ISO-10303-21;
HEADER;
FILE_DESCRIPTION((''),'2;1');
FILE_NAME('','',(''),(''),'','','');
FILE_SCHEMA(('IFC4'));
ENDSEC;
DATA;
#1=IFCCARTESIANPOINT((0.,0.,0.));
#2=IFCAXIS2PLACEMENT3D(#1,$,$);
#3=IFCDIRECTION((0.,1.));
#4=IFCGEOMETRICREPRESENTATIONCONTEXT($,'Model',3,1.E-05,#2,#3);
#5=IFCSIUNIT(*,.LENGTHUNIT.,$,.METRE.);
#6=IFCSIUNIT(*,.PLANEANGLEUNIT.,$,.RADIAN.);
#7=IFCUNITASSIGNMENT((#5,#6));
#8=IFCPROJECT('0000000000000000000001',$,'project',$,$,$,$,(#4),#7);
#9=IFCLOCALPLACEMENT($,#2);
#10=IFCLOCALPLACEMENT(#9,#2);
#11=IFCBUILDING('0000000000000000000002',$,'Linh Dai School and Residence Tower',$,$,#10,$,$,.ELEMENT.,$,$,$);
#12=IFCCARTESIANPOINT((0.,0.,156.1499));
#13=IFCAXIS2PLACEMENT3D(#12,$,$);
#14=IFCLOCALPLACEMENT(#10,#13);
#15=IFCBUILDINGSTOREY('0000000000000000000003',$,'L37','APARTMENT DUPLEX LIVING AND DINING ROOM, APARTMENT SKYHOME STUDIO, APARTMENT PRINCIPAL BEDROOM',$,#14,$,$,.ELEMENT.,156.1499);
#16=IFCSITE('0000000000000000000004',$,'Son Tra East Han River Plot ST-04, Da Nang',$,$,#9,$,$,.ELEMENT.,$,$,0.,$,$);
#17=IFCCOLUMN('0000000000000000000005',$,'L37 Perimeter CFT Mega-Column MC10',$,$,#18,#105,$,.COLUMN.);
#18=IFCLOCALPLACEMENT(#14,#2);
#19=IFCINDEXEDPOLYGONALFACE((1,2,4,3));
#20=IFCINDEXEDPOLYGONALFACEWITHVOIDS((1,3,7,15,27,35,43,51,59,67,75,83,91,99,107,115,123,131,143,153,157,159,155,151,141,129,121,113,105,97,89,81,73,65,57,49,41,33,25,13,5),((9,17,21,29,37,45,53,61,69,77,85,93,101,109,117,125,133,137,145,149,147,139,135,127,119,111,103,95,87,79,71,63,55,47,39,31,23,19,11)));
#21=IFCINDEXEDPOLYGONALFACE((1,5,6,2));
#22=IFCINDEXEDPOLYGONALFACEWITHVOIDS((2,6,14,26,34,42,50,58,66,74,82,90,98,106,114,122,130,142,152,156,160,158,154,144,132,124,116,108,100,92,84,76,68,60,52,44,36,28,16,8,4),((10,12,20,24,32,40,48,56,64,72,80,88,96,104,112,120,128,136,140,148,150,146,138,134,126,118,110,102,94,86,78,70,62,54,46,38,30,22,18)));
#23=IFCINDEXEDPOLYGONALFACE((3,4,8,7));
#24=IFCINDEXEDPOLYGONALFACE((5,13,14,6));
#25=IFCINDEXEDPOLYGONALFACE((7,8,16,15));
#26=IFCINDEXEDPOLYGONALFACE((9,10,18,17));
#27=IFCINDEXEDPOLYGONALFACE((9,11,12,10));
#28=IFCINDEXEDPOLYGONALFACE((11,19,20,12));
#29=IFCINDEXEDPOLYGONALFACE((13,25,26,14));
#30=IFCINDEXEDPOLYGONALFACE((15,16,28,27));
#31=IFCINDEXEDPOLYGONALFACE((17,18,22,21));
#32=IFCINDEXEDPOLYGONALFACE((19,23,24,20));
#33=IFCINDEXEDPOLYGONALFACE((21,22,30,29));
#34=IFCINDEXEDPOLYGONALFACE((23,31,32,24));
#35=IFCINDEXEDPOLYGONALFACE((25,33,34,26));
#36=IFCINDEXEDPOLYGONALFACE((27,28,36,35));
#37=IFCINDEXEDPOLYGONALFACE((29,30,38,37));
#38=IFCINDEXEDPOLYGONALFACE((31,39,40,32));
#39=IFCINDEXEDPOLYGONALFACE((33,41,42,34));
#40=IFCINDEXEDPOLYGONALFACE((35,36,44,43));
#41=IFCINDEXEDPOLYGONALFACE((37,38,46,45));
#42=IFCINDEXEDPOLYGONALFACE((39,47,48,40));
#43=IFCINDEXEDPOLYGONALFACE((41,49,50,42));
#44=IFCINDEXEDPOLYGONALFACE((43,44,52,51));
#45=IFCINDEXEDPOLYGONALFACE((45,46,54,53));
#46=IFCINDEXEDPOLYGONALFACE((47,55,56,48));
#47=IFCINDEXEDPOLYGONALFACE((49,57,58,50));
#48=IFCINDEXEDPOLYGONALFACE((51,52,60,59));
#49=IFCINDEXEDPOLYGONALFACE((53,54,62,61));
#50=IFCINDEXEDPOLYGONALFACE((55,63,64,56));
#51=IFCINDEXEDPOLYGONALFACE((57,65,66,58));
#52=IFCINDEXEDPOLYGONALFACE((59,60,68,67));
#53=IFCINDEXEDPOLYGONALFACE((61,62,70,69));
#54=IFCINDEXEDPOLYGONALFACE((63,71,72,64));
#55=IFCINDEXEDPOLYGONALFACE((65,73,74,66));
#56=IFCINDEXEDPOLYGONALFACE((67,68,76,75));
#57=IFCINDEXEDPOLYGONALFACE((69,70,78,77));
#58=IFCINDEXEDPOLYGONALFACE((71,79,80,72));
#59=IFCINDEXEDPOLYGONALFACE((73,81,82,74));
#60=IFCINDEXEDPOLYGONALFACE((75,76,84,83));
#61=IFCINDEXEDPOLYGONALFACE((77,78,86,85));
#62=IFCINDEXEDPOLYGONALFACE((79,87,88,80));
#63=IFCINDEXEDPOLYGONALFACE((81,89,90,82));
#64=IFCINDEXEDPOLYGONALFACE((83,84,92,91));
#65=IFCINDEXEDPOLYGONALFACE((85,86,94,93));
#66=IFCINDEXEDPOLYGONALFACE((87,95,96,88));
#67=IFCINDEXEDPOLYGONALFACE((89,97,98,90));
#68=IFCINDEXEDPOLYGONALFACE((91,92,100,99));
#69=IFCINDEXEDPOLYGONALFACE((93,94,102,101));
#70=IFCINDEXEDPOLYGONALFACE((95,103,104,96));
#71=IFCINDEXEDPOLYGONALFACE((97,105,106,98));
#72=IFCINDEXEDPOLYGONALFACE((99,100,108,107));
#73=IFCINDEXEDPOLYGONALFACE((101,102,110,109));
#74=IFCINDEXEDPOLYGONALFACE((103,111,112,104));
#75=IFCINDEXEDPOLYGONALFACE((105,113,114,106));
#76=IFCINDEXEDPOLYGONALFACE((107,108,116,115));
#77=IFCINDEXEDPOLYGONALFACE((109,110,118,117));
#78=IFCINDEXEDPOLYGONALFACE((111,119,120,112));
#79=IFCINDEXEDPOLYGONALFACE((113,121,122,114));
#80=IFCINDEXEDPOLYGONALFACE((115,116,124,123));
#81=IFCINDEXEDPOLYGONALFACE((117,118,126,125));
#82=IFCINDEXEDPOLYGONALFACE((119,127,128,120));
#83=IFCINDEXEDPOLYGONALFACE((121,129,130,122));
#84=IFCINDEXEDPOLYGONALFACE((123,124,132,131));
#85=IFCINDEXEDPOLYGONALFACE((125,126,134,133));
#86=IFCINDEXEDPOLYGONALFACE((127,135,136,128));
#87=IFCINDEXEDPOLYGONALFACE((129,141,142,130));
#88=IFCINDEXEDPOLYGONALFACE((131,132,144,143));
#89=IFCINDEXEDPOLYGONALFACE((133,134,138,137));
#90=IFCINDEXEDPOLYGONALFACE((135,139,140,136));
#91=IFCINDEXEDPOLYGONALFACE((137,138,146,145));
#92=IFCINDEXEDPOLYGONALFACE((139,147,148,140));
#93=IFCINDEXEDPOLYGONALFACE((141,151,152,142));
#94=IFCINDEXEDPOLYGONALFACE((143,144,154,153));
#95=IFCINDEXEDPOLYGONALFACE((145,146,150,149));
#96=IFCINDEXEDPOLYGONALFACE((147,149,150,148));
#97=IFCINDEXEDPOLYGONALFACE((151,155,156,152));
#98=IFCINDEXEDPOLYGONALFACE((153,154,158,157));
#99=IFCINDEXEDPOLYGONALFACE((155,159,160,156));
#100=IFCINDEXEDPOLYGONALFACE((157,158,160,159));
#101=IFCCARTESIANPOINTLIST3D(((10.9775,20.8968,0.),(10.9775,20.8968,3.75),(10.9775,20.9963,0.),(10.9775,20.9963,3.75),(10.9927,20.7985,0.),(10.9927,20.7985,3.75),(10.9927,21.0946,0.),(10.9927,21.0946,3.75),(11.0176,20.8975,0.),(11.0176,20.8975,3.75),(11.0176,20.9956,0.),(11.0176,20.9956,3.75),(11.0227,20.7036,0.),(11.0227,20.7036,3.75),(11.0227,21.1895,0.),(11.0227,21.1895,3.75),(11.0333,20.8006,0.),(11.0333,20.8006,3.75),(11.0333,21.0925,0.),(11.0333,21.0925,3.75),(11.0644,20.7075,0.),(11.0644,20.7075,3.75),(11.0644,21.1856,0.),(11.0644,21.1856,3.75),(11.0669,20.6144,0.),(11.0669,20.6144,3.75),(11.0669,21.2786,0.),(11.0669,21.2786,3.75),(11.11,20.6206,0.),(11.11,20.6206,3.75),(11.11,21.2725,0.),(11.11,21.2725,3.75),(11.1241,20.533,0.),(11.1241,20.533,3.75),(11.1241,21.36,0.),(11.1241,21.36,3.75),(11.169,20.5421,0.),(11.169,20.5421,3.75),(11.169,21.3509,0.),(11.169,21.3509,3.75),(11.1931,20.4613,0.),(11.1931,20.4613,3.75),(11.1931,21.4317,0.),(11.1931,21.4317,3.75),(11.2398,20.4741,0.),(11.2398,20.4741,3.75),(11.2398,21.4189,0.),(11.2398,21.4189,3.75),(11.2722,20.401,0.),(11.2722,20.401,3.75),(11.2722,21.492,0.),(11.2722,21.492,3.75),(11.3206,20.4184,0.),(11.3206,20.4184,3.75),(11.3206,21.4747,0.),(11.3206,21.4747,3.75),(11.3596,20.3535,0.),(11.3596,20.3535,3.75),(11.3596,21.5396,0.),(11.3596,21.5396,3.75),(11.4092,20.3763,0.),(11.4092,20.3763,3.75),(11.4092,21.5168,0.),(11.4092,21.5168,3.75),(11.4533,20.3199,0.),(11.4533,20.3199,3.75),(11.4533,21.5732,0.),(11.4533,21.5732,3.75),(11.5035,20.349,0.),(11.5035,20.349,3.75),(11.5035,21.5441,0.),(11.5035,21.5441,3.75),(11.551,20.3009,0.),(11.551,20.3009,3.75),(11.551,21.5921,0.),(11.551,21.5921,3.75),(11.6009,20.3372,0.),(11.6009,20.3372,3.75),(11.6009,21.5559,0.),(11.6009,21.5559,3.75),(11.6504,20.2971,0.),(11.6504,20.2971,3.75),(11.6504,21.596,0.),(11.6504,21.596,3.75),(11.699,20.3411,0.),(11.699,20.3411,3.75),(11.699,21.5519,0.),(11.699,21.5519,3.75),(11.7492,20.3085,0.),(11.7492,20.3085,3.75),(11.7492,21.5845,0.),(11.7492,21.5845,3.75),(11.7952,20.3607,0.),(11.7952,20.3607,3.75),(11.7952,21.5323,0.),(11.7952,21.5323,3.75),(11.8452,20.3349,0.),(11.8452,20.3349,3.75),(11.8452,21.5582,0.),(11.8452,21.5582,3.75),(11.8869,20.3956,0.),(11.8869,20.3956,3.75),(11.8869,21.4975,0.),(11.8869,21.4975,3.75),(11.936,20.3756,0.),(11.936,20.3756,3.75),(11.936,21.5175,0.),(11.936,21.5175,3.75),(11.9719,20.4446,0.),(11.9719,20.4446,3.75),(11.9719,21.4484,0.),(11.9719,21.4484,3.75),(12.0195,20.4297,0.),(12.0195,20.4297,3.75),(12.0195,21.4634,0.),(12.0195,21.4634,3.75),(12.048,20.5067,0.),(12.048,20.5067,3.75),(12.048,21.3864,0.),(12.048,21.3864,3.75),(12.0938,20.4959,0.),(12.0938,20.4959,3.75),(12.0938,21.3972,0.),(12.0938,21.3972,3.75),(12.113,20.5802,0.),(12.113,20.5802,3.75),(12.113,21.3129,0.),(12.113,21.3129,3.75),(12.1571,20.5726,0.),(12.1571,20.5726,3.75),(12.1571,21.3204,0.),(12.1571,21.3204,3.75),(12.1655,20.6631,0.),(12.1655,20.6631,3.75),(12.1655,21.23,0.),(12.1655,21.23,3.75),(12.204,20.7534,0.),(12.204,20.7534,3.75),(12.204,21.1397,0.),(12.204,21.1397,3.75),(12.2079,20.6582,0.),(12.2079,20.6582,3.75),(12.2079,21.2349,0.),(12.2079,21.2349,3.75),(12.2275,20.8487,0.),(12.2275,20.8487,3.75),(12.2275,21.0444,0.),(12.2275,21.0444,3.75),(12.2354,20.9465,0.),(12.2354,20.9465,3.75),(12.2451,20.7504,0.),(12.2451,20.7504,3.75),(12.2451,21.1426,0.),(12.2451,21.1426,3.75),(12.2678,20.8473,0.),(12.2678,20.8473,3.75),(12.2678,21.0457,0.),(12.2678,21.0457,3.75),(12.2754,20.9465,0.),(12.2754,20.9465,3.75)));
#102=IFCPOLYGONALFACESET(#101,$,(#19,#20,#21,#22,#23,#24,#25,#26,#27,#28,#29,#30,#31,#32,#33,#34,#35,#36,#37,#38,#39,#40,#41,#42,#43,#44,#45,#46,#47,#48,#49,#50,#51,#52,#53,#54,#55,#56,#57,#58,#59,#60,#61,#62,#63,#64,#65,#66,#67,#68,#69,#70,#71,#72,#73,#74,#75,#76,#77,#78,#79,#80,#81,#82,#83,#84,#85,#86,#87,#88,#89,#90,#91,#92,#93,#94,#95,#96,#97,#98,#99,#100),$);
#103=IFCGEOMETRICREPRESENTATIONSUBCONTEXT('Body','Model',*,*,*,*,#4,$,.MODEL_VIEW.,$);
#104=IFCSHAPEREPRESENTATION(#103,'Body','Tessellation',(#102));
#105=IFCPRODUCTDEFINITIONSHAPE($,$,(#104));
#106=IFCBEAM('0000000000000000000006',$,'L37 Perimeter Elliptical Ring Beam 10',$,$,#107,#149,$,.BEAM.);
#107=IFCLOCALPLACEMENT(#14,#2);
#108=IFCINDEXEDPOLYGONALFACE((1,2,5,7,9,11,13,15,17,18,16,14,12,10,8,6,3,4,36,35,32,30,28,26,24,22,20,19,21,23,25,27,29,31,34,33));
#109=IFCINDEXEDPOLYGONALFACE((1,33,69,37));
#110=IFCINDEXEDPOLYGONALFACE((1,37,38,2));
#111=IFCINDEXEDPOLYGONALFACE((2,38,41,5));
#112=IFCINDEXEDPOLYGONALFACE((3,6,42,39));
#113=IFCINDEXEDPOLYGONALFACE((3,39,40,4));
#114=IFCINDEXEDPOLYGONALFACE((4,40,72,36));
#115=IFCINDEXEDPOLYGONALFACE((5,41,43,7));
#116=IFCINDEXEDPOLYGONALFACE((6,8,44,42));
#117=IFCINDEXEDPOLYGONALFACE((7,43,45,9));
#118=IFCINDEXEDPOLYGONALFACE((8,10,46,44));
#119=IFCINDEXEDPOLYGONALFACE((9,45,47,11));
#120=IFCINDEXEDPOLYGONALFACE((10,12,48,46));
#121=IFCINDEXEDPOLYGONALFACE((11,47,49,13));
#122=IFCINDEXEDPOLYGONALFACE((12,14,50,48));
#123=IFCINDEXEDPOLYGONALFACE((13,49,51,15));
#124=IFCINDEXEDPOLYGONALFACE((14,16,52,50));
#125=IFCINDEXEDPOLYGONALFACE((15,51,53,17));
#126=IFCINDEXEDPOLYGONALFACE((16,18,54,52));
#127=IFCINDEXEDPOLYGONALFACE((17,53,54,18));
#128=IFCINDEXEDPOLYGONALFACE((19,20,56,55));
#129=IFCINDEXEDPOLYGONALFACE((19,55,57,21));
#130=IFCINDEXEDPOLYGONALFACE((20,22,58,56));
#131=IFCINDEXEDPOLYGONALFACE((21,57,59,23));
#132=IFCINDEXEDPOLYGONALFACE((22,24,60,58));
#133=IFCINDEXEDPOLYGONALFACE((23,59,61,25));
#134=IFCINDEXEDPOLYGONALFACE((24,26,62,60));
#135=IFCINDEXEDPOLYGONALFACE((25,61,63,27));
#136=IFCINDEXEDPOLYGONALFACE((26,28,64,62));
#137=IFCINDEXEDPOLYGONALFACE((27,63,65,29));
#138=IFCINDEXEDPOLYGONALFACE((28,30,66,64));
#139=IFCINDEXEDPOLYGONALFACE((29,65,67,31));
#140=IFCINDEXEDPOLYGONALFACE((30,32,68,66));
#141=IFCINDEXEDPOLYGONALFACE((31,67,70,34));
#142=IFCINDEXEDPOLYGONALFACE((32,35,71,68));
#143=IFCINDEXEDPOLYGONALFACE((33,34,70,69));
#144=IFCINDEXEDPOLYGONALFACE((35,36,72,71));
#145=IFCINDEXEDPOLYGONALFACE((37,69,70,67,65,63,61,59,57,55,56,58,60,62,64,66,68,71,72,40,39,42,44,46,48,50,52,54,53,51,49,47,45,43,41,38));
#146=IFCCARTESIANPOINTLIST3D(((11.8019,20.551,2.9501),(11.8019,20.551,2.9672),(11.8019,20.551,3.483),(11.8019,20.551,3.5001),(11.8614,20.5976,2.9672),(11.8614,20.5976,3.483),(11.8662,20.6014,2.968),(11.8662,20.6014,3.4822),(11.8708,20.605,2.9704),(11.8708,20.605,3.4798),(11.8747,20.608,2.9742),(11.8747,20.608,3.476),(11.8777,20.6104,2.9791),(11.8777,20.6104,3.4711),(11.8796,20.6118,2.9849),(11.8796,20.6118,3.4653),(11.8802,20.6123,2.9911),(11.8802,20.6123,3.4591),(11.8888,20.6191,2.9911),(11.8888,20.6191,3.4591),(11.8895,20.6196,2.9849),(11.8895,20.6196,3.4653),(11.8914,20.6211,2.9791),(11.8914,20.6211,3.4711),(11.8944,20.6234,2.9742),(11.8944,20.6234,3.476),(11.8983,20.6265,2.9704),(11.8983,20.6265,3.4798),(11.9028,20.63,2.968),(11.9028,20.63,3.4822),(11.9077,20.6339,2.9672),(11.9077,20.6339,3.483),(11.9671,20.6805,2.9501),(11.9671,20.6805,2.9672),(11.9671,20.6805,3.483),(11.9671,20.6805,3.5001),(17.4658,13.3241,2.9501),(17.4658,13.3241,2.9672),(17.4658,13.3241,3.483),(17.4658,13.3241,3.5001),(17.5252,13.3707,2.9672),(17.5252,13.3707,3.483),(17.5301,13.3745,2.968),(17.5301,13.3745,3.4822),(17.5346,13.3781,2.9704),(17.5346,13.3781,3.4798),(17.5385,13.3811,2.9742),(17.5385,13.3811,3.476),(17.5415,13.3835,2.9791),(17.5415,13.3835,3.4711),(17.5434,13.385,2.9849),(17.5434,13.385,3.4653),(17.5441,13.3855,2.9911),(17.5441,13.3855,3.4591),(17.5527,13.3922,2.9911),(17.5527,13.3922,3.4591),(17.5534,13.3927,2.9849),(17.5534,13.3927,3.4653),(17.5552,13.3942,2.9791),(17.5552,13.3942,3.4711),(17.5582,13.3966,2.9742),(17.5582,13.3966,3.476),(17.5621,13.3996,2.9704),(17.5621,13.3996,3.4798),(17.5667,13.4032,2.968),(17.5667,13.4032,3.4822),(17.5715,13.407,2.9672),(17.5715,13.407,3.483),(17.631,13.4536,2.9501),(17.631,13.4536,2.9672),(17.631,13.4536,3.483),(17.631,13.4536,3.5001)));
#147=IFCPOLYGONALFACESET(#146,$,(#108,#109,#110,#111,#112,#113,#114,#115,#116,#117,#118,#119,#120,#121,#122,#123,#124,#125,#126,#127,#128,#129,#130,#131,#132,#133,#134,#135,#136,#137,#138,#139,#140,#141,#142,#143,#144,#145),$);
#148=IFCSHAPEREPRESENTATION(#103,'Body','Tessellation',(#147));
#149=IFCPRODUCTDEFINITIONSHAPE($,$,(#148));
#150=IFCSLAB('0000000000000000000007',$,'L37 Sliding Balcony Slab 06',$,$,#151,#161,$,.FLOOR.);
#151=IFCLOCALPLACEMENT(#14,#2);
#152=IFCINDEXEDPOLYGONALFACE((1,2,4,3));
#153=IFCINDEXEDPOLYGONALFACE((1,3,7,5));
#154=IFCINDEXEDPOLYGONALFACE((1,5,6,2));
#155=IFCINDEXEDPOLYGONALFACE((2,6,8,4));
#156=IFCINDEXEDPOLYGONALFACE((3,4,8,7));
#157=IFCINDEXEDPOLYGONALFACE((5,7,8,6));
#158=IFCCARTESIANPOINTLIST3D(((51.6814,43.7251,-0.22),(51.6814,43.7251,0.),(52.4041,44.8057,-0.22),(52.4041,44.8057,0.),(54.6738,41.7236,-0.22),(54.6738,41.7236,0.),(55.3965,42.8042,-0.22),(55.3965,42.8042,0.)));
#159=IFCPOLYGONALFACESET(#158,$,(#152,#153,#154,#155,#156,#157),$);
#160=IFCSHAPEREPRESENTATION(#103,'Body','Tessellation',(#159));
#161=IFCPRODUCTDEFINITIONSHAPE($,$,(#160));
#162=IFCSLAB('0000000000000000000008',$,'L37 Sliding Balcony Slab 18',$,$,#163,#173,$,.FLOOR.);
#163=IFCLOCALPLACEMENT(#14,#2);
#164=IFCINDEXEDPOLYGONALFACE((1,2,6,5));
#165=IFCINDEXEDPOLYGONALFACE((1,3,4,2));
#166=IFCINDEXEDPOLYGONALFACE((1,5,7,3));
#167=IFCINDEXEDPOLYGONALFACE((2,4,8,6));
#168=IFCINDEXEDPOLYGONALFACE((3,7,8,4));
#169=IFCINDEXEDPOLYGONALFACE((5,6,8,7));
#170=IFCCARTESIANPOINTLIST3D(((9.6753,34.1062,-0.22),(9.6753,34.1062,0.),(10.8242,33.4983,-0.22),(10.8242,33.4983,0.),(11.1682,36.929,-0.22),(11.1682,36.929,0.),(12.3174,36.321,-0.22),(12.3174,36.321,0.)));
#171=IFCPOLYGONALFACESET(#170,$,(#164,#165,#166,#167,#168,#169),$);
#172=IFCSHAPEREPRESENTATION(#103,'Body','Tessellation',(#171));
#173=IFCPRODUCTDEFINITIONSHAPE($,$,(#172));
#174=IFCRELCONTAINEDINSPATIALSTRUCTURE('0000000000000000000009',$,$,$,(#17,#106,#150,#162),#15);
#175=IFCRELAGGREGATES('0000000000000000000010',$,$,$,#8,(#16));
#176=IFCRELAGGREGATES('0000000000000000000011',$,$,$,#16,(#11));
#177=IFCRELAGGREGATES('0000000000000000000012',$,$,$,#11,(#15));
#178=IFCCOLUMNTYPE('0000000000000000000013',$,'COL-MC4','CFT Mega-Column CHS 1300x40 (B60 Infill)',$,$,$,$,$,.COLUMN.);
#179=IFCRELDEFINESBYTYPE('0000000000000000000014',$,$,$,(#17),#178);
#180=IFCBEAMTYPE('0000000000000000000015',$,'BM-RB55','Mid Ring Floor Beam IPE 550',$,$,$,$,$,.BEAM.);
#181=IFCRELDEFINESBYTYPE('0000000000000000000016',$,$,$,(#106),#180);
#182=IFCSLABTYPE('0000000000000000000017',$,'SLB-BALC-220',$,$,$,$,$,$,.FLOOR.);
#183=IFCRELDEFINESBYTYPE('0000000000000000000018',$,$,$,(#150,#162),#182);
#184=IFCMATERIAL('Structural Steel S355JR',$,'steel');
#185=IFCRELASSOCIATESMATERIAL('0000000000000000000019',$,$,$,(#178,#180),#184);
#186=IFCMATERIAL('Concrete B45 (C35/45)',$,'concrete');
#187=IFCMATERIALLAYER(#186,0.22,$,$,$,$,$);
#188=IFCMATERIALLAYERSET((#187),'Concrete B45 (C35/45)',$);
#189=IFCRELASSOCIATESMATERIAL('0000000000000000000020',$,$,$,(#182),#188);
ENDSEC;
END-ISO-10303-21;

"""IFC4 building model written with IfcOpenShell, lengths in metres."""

from ifc_helpers import new_model, si_unit, direction, frame, origin, origin_2d, place, context, subcontext, project, spatial, polyline, hollow_circle, i_section, outline, extrude, material, layer, layer_set, material_profile, profile_set, type_object, element, save


model = new_model("IFC4")

# Units and contexts
model_context = context("Model", 3, precision=1e-05, world=origin(), true_north=direction((0.0, 1.0)))
body_context = subcontext(model_context, "Body", "Model", "MODEL_VIEW")
ifc_project = project(units=[si_unit("LENGTHUNIT", "METRE"), si_unit("PLANEANGLEUNIT", "RADIAN")], contexts=[model_context])

# Site, building, storey
site_placement = place(None, origin())
site = spatial("IfcSite", under=ifc_project, at=site_placement, Name="Son Tra East Han River Plot ST-04, Da Nang", CompositionType="ELEMENT", RefElevation=0.0)
building_placement = place(site_placement, origin())
building = spatial("IfcBuilding", under=site, at=building_placement, Name="Linh Dai School and Residence Tower", CompositionType="ELEMENT")
storey_placement = place(building_placement, frame((0.0, 0.0, 156.1499)))
storey = spatial("IfcBuildingStorey", under=building, at=storey_placement, Name="L37", Description="APARTMENT DUPLEX LIVING AND DINING ROOM, APARTMENT SKYHOME STUDIO, APARTMENT PRINCIPAL BEDROOM", CompositionType="ELEMENT", Elevation=156.1499)

# Column
ifc_material_1 = material(Name="Structural Steel S355JR", Category="steel")
ifc_material_profile_1 = material_profile(ifc_material_1, hollow_circle(Radius=0.6499, WallThickness=0.04, at=origin_2d()), Name="CHS 1300x40")
ifc_profile_set_1 = profile_set([ifc_material_profile_1], Name="Structural Steel S355JR")
column_type = type_object("IfcColumnType", Name="COL-MC4", Description="CFT Mega-Column CHS 1300x40 (B60 Infill)", PredefinedType="COLUMN", material=ifc_profile_set_1)
column_placement = place(storey_placement, frame((11.6255, 20.9465, 0.0), z_axis=(0.0, 0.0, 1.0), x_axis=(1.0, 0.0, 0.0)))
element("IfcColumn", 1, at=column_placement, inside=storey, type_object=column_type, Name="L37 Perimeter CFT Mega-Column MC10", PredefinedType="COLUMN", context=body_context, shape_type="SweptSolid", body=[
    extrude(hollow_circle(Radius=0.6499, WallThickness=0.04, at=origin_2d()), origin(), (0.0, 0.0, 1.0), 3.75),
])

# Beam
ifc_material_profile_2 = material_profile(ifc_material_1, i_section(OverallWidth=0.21, OverallDepth=0.55, WebThickness=0.011, FlangeThickness=0.0171, FilletRadius=0.0239, at=origin_2d()), Name="IPE 550")
ifc_profile_set_2 = profile_set([ifc_material_profile_2], Name="Structural Steel S355JR")
beam_type = type_object("IfcBeamType", Name="BM-RB55", Description="Mid Ring Floor Beam IPE 550", PredefinedType="BEAM", material=ifc_profile_set_2)
beam_placement = place(storey_placement, frame((11.8845, 20.6157, 3.2251), z_axis=(0.616852, -0.787079, 0.0), x_axis=(0.787079, 0.616852, 0.0)))
element("IfcBeam", 2, at=beam_placement, inside=storey, type_object=beam_type, Name="L37 Perimeter Elliptical Ring Beam 10", PredefinedType="BEAM", context=body_context, shape_type="SweptSolid", body=[
    extrude(i_section(OverallWidth=0.21, OverallDepth=0.55, WebThickness=0.011, FlangeThickness=0.0171, FilletRadius=0.0239, at=origin_2d()), origin(), (0.0, 0.0, 1.0), 9.1819),
])

# Slabs
ifc_material_2 = material(Name="Concrete B45 (C35/45)", Category="concrete")
ifc_layer_1 = layer(ifc_material_2, 0.22)
ifc_layer_set_1 = layer_set([ifc_layer_1], Name="Concrete B45 (C35/45)")
slab_type_1 = type_object("IfcSlabType", Name="SLB-BALC-220", PredefinedType="FLOOR", material=ifc_layer_set_1)
slab_1_placement = place(storey_placement, frame((0.0, 0.0, -0.22)))
element("IfcSlab", 3, at=slab_1_placement, inside=storey, type_object=slab_type_1, Name="L37 Sliding Balcony Slab 06", PredefinedType="FLOOR", context=body_context, shape_type="SweptSolid", body=[
    extrude(outline(polyline([(51.6814, 43.7251), (54.6738, 41.7236), (55.3965, 42.8042), (52.4041, 44.8057), (51.6814, 43.7251)])), origin(), (0.0, 0.0, 1.0), 0.22),
])
slab_2_placement = place(storey_placement, frame((0.0, 0.0, -0.22)))
element("IfcSlab", 4, at=slab_2_placement, inside=storey, type_object=slab_type_1, Name="L37 Sliding Balcony Slab 18", PredefinedType="FLOOR", context=body_context, shape_type="SweptSolid", body=[
    extrude(outline(polyline([(10.8242, 33.4983), (12.3174, 36.321), (11.1682, 36.929), (9.6753, 34.1062), (10.8242, 33.4983)])), origin(), (0.0, 0.0, 1.0), 0.22),
])

save(model, "model.ifc")
